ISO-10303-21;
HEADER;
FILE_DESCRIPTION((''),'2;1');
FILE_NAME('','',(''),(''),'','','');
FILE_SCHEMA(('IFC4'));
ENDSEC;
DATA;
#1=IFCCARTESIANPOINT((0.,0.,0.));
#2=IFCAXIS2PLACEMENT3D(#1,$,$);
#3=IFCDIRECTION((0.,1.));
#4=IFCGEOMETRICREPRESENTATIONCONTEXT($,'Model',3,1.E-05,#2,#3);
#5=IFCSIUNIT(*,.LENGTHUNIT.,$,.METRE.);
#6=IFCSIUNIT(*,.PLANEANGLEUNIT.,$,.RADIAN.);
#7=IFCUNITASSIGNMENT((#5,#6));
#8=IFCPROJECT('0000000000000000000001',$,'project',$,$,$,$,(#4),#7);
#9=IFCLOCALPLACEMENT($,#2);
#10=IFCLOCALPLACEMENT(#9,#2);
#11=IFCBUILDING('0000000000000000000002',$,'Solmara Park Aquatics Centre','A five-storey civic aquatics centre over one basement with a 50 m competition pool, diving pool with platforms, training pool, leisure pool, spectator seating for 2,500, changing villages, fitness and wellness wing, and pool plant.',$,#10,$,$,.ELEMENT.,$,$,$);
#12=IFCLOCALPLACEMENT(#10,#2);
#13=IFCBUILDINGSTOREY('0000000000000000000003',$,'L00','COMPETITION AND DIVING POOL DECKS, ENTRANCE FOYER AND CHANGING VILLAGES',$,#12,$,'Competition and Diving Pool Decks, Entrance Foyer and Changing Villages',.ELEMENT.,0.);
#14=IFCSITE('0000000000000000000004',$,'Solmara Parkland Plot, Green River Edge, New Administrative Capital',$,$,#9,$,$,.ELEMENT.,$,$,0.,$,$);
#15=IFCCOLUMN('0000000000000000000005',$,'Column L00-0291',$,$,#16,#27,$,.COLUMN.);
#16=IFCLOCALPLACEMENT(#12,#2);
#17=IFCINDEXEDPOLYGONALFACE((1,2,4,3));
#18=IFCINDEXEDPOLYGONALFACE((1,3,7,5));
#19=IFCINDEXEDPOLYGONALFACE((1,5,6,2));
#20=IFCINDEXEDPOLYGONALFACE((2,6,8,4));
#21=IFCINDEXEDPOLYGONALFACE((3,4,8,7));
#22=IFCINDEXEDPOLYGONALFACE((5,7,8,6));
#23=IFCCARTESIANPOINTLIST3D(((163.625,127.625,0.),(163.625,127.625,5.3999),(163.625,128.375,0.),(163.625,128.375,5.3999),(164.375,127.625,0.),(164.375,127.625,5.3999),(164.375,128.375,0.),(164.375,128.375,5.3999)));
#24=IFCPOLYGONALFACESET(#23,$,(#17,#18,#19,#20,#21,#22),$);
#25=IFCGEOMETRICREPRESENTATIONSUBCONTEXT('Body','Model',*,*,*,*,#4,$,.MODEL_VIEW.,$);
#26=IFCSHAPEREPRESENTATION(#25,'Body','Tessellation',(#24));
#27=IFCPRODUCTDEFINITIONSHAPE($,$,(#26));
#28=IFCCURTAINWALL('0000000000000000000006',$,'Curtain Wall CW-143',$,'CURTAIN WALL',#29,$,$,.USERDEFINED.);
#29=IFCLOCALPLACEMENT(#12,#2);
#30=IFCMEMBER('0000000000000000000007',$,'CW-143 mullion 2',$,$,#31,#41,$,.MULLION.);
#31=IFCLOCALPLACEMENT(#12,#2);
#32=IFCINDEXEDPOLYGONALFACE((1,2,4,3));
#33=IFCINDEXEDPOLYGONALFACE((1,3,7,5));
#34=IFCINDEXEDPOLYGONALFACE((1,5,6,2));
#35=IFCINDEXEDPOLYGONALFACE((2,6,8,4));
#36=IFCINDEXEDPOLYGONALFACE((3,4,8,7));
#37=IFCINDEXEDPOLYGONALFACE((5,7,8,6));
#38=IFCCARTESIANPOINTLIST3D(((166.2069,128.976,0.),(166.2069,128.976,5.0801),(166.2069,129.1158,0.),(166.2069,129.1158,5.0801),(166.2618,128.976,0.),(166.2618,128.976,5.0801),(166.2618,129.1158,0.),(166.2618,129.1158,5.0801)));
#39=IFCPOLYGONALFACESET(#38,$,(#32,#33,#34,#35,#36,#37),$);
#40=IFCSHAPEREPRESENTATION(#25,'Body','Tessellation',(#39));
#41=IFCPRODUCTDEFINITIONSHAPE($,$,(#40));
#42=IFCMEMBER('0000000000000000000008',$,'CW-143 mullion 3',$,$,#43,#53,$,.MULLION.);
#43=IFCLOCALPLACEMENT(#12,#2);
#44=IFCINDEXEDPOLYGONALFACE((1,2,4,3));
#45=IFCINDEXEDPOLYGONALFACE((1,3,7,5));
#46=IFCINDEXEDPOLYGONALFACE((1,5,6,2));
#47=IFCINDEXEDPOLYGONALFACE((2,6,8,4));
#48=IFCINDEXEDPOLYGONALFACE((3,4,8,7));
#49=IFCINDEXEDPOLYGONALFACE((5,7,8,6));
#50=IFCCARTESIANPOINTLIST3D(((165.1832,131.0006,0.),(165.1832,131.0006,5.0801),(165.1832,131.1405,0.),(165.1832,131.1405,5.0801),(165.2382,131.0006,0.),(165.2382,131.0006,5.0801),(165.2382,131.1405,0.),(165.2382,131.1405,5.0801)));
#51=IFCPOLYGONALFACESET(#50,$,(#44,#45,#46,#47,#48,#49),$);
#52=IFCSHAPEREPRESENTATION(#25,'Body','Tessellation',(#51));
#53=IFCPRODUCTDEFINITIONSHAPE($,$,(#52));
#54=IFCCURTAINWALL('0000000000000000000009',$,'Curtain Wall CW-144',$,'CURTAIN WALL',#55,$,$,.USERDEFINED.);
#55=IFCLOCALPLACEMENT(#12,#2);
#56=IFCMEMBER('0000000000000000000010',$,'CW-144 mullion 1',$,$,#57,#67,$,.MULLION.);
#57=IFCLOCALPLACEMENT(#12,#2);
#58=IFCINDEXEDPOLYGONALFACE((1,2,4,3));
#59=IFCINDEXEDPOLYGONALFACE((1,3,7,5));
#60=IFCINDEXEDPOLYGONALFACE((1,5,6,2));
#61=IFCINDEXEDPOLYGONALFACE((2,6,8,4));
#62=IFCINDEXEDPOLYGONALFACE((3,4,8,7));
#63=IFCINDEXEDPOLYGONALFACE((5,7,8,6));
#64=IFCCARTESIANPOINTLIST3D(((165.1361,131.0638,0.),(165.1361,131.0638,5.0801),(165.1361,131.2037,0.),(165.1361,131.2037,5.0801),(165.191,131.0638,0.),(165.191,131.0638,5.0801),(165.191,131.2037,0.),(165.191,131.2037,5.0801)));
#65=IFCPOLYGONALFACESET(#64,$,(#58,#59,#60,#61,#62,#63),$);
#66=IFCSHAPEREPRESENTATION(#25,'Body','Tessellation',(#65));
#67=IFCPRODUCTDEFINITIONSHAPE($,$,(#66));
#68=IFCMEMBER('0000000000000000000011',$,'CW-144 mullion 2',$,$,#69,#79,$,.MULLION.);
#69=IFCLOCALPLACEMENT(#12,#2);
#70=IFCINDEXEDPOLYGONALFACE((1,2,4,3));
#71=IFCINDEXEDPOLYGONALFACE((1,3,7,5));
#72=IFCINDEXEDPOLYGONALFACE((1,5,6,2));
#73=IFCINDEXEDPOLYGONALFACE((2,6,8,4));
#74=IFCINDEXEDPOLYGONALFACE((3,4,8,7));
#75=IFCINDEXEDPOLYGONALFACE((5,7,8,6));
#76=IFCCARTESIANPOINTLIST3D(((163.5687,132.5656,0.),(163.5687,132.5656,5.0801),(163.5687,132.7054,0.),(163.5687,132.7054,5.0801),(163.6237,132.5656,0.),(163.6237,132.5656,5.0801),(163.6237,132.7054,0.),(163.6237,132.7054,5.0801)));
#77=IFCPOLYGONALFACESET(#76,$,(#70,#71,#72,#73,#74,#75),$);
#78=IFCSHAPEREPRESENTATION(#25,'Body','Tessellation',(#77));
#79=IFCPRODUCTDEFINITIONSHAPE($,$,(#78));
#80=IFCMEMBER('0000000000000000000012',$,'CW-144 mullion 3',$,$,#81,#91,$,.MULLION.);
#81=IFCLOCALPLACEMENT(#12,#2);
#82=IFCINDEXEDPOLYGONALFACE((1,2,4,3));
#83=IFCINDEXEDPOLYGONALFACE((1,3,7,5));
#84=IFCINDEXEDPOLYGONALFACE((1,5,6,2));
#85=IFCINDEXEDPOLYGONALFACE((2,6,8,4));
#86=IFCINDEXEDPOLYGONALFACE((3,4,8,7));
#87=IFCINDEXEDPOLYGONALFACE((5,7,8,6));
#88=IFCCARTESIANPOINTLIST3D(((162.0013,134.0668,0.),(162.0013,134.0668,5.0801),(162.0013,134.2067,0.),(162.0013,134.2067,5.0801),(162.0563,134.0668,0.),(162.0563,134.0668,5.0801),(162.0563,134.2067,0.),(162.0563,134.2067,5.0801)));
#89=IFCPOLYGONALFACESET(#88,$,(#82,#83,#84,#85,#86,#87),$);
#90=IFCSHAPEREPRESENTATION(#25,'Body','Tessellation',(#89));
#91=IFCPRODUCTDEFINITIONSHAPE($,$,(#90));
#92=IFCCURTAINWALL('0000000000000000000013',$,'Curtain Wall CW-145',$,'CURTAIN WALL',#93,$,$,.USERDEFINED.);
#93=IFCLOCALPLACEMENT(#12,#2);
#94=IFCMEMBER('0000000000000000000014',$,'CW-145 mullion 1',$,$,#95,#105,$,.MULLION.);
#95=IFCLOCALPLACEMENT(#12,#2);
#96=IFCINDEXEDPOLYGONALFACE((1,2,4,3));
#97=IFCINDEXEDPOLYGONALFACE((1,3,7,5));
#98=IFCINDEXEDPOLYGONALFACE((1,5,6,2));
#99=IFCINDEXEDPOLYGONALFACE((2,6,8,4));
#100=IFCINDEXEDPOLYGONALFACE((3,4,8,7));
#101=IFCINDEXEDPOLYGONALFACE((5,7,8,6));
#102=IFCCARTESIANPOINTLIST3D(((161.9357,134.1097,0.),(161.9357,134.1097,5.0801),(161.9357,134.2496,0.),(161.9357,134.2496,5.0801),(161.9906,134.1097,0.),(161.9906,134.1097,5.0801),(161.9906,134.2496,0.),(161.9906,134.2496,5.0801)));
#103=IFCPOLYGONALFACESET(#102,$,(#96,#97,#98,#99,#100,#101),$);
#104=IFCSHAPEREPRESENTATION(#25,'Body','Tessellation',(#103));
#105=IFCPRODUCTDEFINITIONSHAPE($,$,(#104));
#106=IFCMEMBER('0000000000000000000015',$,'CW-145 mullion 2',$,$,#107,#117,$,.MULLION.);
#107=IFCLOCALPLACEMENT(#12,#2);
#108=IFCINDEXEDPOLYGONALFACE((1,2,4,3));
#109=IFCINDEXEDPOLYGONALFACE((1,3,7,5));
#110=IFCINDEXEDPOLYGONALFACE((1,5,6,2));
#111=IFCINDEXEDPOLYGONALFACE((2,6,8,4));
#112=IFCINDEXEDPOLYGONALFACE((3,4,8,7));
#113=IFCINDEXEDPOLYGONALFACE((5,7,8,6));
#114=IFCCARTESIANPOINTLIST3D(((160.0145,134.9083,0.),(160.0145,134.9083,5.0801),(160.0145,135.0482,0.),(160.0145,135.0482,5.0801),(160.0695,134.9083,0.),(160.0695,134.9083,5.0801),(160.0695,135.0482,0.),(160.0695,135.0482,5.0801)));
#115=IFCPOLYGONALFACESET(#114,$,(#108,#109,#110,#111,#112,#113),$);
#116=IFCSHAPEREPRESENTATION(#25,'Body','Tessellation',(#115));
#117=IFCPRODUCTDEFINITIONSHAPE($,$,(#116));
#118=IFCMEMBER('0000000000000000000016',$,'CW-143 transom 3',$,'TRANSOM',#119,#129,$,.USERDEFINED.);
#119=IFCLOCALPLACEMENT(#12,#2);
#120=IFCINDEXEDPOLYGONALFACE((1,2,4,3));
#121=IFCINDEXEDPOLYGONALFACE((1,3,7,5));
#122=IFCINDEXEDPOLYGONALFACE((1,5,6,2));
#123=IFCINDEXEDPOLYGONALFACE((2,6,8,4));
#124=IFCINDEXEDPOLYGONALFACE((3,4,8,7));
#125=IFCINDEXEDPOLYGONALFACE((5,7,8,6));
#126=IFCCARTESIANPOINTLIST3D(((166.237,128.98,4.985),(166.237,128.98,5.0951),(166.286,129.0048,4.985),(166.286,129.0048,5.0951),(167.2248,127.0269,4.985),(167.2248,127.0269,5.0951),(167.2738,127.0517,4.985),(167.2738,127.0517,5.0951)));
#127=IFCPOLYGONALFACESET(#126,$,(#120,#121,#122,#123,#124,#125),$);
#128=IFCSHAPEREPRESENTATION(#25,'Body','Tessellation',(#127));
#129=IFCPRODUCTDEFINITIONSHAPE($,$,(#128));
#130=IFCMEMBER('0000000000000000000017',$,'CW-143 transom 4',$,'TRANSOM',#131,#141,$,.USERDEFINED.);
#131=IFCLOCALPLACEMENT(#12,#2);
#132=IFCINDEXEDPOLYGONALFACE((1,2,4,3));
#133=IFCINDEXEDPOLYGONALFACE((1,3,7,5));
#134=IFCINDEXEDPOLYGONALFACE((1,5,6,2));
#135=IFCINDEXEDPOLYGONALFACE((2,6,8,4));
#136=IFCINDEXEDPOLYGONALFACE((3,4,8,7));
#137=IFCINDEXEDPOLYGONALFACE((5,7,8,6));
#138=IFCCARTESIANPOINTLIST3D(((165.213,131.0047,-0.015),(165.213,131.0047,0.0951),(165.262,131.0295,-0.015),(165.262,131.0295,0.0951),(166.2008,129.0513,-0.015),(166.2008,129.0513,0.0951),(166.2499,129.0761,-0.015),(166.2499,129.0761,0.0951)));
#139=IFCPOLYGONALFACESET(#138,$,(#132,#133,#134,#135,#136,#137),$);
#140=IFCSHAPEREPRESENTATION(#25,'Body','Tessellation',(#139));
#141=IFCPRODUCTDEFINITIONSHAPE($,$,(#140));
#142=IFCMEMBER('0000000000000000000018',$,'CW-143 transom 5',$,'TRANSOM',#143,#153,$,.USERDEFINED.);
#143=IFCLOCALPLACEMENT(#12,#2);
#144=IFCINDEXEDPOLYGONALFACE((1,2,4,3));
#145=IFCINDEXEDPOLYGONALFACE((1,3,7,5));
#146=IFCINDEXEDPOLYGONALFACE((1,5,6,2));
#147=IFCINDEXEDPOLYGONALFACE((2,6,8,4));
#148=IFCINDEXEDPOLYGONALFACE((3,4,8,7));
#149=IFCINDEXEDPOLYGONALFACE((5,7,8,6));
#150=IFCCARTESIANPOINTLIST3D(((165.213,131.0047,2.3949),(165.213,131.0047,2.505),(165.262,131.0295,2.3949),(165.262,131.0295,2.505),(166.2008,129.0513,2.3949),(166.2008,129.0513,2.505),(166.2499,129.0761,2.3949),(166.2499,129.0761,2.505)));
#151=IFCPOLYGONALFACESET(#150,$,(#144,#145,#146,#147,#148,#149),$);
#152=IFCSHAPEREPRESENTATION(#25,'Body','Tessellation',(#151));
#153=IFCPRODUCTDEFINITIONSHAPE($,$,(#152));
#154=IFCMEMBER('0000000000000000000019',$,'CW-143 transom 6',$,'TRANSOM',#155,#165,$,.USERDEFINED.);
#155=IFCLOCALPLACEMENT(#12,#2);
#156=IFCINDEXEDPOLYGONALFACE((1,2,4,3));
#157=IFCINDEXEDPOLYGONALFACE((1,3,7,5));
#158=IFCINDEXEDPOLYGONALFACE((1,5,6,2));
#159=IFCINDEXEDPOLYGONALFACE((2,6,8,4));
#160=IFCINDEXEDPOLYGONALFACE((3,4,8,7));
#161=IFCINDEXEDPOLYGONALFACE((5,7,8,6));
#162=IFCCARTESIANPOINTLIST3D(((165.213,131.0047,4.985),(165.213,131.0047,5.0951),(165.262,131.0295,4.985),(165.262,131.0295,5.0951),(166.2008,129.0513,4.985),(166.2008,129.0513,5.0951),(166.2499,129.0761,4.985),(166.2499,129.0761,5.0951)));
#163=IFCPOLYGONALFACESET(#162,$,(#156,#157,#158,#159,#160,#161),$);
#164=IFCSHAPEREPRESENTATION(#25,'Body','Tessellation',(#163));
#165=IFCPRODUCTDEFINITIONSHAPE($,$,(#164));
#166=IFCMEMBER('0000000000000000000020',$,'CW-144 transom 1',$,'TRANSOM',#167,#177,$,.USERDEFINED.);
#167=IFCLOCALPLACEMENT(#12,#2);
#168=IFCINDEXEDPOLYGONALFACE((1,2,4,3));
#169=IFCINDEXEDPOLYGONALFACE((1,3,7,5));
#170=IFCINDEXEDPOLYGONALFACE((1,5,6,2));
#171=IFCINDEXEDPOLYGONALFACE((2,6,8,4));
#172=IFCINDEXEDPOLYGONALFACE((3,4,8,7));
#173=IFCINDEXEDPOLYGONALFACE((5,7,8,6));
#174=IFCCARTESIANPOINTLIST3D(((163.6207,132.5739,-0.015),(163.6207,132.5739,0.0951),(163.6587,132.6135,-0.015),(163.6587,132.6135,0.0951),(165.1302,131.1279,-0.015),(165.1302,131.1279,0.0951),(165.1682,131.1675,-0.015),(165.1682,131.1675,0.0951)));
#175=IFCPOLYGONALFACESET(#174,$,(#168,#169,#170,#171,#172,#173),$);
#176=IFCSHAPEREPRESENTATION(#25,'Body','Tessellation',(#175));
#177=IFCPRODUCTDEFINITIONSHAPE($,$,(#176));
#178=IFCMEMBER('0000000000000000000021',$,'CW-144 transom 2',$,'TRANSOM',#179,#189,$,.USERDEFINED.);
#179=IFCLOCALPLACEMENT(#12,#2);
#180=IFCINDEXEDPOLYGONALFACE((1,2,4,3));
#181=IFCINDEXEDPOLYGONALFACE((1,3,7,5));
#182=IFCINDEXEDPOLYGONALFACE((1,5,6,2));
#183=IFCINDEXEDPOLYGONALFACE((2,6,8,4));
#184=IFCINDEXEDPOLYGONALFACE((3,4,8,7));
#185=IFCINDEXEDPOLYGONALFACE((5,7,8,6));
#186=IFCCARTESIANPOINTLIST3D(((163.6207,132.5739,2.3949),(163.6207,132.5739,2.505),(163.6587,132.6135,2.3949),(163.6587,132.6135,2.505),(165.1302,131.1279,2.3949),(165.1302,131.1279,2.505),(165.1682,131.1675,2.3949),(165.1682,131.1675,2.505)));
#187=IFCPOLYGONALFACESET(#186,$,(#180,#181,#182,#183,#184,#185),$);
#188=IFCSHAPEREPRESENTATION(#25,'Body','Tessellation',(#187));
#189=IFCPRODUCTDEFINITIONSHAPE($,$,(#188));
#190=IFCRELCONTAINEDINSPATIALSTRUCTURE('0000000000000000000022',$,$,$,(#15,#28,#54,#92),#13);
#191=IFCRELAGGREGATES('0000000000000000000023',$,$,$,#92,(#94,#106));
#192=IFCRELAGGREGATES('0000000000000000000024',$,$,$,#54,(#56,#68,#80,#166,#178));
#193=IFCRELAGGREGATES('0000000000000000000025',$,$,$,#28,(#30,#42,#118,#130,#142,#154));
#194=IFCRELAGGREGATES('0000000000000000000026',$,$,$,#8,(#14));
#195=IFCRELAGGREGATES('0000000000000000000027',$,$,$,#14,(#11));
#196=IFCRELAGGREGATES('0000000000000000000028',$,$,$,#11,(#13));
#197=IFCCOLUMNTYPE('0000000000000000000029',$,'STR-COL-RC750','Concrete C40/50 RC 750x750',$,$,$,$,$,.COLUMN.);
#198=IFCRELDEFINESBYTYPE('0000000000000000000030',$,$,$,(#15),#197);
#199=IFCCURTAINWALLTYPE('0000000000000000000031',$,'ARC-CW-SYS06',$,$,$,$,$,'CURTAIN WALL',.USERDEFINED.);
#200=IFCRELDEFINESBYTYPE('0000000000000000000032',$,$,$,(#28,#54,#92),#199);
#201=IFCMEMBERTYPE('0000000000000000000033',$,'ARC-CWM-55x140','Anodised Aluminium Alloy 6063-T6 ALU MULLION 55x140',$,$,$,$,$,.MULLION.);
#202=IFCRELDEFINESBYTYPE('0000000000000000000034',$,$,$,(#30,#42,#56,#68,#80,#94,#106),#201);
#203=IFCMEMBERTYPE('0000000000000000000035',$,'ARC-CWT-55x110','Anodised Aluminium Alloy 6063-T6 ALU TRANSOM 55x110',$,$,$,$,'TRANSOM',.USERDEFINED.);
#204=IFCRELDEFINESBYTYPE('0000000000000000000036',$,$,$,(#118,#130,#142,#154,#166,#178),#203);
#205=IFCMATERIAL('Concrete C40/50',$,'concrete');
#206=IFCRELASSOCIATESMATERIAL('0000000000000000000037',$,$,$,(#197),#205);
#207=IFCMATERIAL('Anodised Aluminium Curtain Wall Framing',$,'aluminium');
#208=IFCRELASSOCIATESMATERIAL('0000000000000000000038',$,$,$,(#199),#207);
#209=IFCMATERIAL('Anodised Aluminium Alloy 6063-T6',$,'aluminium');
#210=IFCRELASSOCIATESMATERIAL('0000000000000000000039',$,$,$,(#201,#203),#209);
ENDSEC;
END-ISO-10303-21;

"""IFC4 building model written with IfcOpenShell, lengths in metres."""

from ifc_helpers import new_model, si_unit, direction, frame, origin, origin_2d, place, context, subcontext, project, spatial, rectangle, extrude, material, material_profile, profile_set, type_object, element, aggregate, save


model = new_model("IFC4")

# Units and contexts
model_context = context("Model", 3, precision=1e-05, world=origin(), true_north=direction((0.0, 1.0)))
body_context = subcontext(model_context, "Body", "Model", "MODEL_VIEW")
ifc_project = project(units=[si_unit("LENGTHUNIT", "METRE"), si_unit("PLANEANGLEUNIT", "RADIAN")], contexts=[model_context])

# Site, building, storey
site_placement = place(None, origin())
site = spatial("IfcSite", under=ifc_project, at=site_placement, Name="Solmara Parkland Plot, Green River Edge, New Administrative Capital", CompositionType="ELEMENT", RefElevation=0.0)
building_placement = place(site_placement, origin())
building = spatial("IfcBuilding", under=site, at=building_placement, Name="Solmara Park Aquatics Centre", Description="A five-storey civic aquatics centre over one basement with a 50 m competition pool, diving pool with platforms, training pool, leisure pool, spectator seating for 2,500, changing villages, fitness and wellness wing, and pool plant.", CompositionType="ELEMENT")
storey_placement = place(building_placement, origin())
storey = spatial("IfcBuildingStorey", under=building, at=storey_placement, Name="L00", Description="COMPETITION AND DIVING POOL DECKS, ENTRANCE FOYER AND CHANGING VILLAGES", LongName="Competition and Diving Pool Decks, Entrance Foyer and Changing Villages", CompositionType="ELEMENT", Elevation=0.0)

# Column
ifc_material_1 = material(Name="Concrete C40/50", Category="concrete")
ifc_material_profile_1 = material_profile(ifc_material_1, rectangle(XDim=0.75, YDim=0.75, at=origin_2d()), Name="RC 750x750")
ifc_profile_set_1 = profile_set([ifc_material_profile_1], Name="Concrete C40/50")
column_type = type_object("IfcColumnType", Name="STR-COL-RC750", Description="Concrete C40/50 RC 750x750", PredefinedType="COLUMN", material=ifc_profile_set_1)
column_placement = place(storey_placement, frame((164.0, 128.0, 0.0), z_axis=(0.0, 0.0, 1.0), x_axis=(1.0, 0.0, 0.0)))
element("IfcColumn", 1, at=column_placement, inside=storey, type_object=column_type, Name="Column L00-0291", PredefinedType="COLUMN", context=body_context, shape_type="SweptSolid", body=[
    extrude(rectangle(XDim=0.75, YDim=0.75, at=origin_2d()), origin(), (0.0, 0.0, 1.0), 5.3999),
])

# Curtain walls, members
ifc_material_2 = material(Name="Anodised Aluminium Curtain Wall Framing", Category="aluminium")
curtain_wall_type = type_object("IfcCurtainWallType", Name="ARC-CW-SYS06", ElementType="CURTAIN WALL", PredefinedType="USERDEFINED", material=ifc_material_2)
curtain_wall_1_placement = place(storey_placement, origin())
curtain_wall_1 = element("IfcCurtainWall", 2, at=curtain_wall_1_placement, inside=storey, type_object=curtain_wall_type, Name="Curtain Wall CW-143", ObjectType="CURTAIN WALL", PredefinedType="USERDEFINED")
ifc_material_3 = material(Name="Anodised Aluminium Alloy 6063-T6", Category="aluminium")
ifc_material_profile_2 = material_profile(ifc_material_3, rectangle(XDim=0.0549, YDim=0.1399, at=origin_2d()), Name="ALU MULLION 55x140")
ifc_profile_set_2 = profile_set([ifc_material_profile_2], Name="Anodised Aluminium Alloy 6063-T6")
member_type_1 = type_object("IfcMemberType", Name="ARC-CWM-55x140", Description="Anodised Aluminium Alloy 6063-T6 ALU MULLION 55x140", PredefinedType="MULLION", material=ifc_profile_set_2)
member_1_placement = place(storey_placement, frame((166.2344, 129.0459, 0.0), z_axis=(0.0, 0.0, 1.0), x_axis=(1.0, 0.0, 0.0)))
member_1 = element("IfcMember", 3, at=member_1_placement, type_object=member_type_1, Name="CW-143 mullion 2", PredefinedType="MULLION", context=body_context, shape_type="SweptSolid", body=[
    extrude(rectangle(XDim=0.0549, YDim=0.1399, at=origin_2d()), origin(), (0.0, 0.0, 1.0), 5.0801),
])
member_2_placement = place(storey_placement, frame((165.2107, 131.0706, 0.0), z_axis=(0.0, 0.0, 1.0), x_axis=(1.0, 0.0, 0.0)))
member_2 = element("IfcMember", 4, at=member_2_placement, type_object=member_type_1, Name="CW-143 mullion 3", PredefinedType="MULLION", context=body_context, shape_type="SweptSolid", body=[
    extrude(rectangle(XDim=0.0549, YDim=0.1399, at=origin_2d()), origin(), (0.0, 0.0, 1.0), 5.0801),
])
curtain_wall_2_placement = place(storey_placement, origin())
curtain_wall_2 = element("IfcCurtainWall", 5, at=curtain_wall_2_placement, inside=storey, type_object=curtain_wall_type, Name="Curtain Wall CW-144", ObjectType="CURTAIN WALL", PredefinedType="USERDEFINED")
member_3_placement = place(storey_placement, frame((165.1636, 131.1338, 0.0), z_axis=(0.0, 0.0, 1.0), x_axis=(1.0, 0.0, 0.0)))
member_3 = element("IfcMember", 6, at=member_3_placement, type_object=member_type_1, Name="CW-144 mullion 1", PredefinedType="MULLION", context=body_context, shape_type="SweptSolid", body=[
    extrude(rectangle(XDim=0.0549, YDim=0.1399, at=origin_2d()), origin(), (0.0, 0.0, 1.0), 5.0801),
])
member_4_placement = place(storey_placement, frame((163.5962, 132.6355, 0.0), z_axis=(0.0, 0.0, 1.0), x_axis=(1.0, 0.0, 0.0)))
member_4 = element("IfcMember", 7, at=member_4_placement, type_object=member_type_1, Name="CW-144 mullion 2", PredefinedType="MULLION", context=body_context, shape_type="SweptSolid", body=[
    extrude(rectangle(XDim=0.0549, YDim=0.1399, at=origin_2d()), origin(), (0.0, 0.0, 1.0), 5.0801),
])
member_5_placement = place(storey_placement, frame((162.0288, 134.1367, 0.0), z_axis=(0.0, 0.0, 1.0), x_axis=(1.0, 0.0, 0.0)))
member_5 = element("IfcMember", 8, at=member_5_placement, type_object=member_type_1, Name="CW-144 mullion 3", PredefinedType="MULLION", context=body_context, shape_type="SweptSolid", body=[
    extrude(rectangle(XDim=0.0549, YDim=0.1399, at=origin_2d()), origin(), (0.0, 0.0, 1.0), 5.0801),
])
curtain_wall_3_placement = place(storey_placement, origin())
curtain_wall_3 = element("IfcCurtainWall", 9, at=curtain_wall_3_placement, inside=storey, type_object=curtain_wall_type, Name="Curtain Wall CW-145", ObjectType="CURTAIN WALL", PredefinedType="USERDEFINED")
member_6_placement = place(storey_placement, frame((161.9631, 134.1797, 0.0), z_axis=(0.0, 0.0, 1.0), x_axis=(1.0, 0.0, 0.0)))
member_6 = element("IfcMember", 10, at=member_6_placement, type_object=member_type_1, Name="CW-145 mullion 1", PredefinedType="MULLION", context=body_context, shape_type="SweptSolid", body=[
    extrude(rectangle(XDim=0.0549, YDim=0.1399, at=origin_2d()), origin(), (0.0, 0.0, 1.0), 5.0801),
])
member_7_placement = place(storey_placement, frame((160.042, 134.9783, 0.0), z_axis=(0.0, 0.0, 1.0), x_axis=(1.0, 0.0, 0.0)))
member_7 = element("IfcMember", 11, at=member_7_placement, type_object=member_type_1, Name="CW-145 mullion 2", PredefinedType="MULLION", context=body_context, shape_type="SweptSolid", body=[
    extrude(rectangle(XDim=0.0549, YDim=0.1399, at=origin_2d()), origin(), (0.0, 0.0, 1.0), 5.0801),
])

# Members
ifc_material_profile_3 = material_profile(ifc_material_3, rectangle(XDim=0.0549, YDim=0.1101, at=origin_2d()), Name="ALU TRANSOM 55x110")
ifc_profile_set_3 = profile_set([ifc_material_profile_3], Name="Anodised Aluminium Alloy 6063-T6")
member_type_2 = type_object("IfcMemberType", Name="ARC-CWT-55x110", Description="Anodised Aluminium Alloy 6063-T6 ALU TRANSOM 55x110", ElementType="TRANSOM", PredefinedType="USERDEFINED", material=ifc_profile_set_3)
member_8_placement = place(storey_placement, frame((167.2493, 127.0393, 5.04), z_axis=(-0.451314, 0.892365, 0.0), x_axis=(-0.892365, -0.451314, 0.0)))
member_8 = element("IfcMember", 12, at=member_8_placement, type_object=member_type_2, Name="CW-143 transom 3", ObjectType="TRANSOM", PredefinedType="USERDEFINED", context=body_context, shape_type="SweptSolid", body=[
    extrude(rectangle(XDim=0.0549, YDim=0.1101, at=origin_2d()), origin(), (0.0, 0.0, 1.0), 2.1887),
])
member_9_placement = place(storey_placement, frame((166.2253, 129.0637, 0.04), z_axis=(-0.451269, 0.892388, 0.0), x_axis=(-0.892388, -0.451269, 0.0)))
member_9 = element("IfcMember", 13, at=member_9_placement, type_object=member_type_2, Name="CW-143 transom 4", ObjectType="TRANSOM", PredefinedType="USERDEFINED", context=body_context, shape_type="SweptSolid", body=[
    extrude(rectangle(XDim=0.0549, YDim=0.1101, at=origin_2d()), origin(), (0.0, 0.0, 1.0), 2.189),
])
member_10_placement = place(storey_placement, frame((166.2253, 129.0637, 2.45), z_axis=(-0.451269, 0.892388, 0.0), x_axis=(-0.892388, -0.451269, 0.0)))
member_10 = element("IfcMember", 14, at=member_10_placement, type_object=member_type_2, Name="CW-143 transom 5", ObjectType="TRANSOM", PredefinedType="USERDEFINED", context=body_context, shape_type="SweptSolid", body=[
    extrude(rectangle(XDim=0.0549, YDim=0.1101, at=origin_2d()), origin(), (0.0, 0.0, 1.0), 2.189),
])
member_11_placement = place(storey_placement, frame((166.2253, 129.0637, 5.04), z_axis=(-0.451269, 0.892388, 0.0), x_axis=(-0.892388, -0.451269, 0.0)))
member_11 = element("IfcMember", 15, at=member_11_placement, type_object=member_type_2, Name="CW-143 transom 6", ObjectType="TRANSOM", PredefinedType="USERDEFINED", context=body_context, shape_type="SweptSolid", body=[
    extrude(rectangle(XDim=0.0549, YDim=0.1101, at=origin_2d()), origin(), (0.0, 0.0, 1.0), 2.189),
])
member_12_placement = place(storey_placement, frame((165.1492, 131.1477, 0.04), z_axis=(-0.722127, 0.691761, 0.0), x_axis=(-0.691761, -0.722127, 0.0)))
member_12 = element("IfcMember", 16, at=member_12_placement, type_object=member_type_2, Name="CW-144 transom 1", ObjectType="TRANSOM", PredefinedType="USERDEFINED", context=body_context, shape_type="SweptSolid", body=[
    extrude(rectangle(XDim=0.0549, YDim=0.1101, at=origin_2d()), origin(), (0.0, 0.0, 1.0), 2.0903),
])
member_13_placement = place(storey_placement, frame((165.1492, 131.1477, 2.45), z_axis=(-0.722127, 0.691761, 0.0), x_axis=(-0.691761, -0.722127, 0.0)))
member_13 = element("IfcMember", 17, at=member_13_placement, type_object=member_type_2, Name="CW-144 transom 2", ObjectType="TRANSOM", PredefinedType="USERDEFINED", context=body_context, shape_type="SweptSolid", body=[
    extrude(rectangle(XDim=0.0549, YDim=0.1101, at=origin_2d()), origin(), (0.0, 0.0, 1.0), 2.0903),
])

aggregate(curtain_wall_3, [member_6, member_7])
aggregate(curtain_wall_2, [member_3, member_4, member_5, member_12, member_13])
aggregate(curtain_wall_1, [member_1, member_2, member_8, member_9, member_10, member_11])

save(model, "model.ifc")
